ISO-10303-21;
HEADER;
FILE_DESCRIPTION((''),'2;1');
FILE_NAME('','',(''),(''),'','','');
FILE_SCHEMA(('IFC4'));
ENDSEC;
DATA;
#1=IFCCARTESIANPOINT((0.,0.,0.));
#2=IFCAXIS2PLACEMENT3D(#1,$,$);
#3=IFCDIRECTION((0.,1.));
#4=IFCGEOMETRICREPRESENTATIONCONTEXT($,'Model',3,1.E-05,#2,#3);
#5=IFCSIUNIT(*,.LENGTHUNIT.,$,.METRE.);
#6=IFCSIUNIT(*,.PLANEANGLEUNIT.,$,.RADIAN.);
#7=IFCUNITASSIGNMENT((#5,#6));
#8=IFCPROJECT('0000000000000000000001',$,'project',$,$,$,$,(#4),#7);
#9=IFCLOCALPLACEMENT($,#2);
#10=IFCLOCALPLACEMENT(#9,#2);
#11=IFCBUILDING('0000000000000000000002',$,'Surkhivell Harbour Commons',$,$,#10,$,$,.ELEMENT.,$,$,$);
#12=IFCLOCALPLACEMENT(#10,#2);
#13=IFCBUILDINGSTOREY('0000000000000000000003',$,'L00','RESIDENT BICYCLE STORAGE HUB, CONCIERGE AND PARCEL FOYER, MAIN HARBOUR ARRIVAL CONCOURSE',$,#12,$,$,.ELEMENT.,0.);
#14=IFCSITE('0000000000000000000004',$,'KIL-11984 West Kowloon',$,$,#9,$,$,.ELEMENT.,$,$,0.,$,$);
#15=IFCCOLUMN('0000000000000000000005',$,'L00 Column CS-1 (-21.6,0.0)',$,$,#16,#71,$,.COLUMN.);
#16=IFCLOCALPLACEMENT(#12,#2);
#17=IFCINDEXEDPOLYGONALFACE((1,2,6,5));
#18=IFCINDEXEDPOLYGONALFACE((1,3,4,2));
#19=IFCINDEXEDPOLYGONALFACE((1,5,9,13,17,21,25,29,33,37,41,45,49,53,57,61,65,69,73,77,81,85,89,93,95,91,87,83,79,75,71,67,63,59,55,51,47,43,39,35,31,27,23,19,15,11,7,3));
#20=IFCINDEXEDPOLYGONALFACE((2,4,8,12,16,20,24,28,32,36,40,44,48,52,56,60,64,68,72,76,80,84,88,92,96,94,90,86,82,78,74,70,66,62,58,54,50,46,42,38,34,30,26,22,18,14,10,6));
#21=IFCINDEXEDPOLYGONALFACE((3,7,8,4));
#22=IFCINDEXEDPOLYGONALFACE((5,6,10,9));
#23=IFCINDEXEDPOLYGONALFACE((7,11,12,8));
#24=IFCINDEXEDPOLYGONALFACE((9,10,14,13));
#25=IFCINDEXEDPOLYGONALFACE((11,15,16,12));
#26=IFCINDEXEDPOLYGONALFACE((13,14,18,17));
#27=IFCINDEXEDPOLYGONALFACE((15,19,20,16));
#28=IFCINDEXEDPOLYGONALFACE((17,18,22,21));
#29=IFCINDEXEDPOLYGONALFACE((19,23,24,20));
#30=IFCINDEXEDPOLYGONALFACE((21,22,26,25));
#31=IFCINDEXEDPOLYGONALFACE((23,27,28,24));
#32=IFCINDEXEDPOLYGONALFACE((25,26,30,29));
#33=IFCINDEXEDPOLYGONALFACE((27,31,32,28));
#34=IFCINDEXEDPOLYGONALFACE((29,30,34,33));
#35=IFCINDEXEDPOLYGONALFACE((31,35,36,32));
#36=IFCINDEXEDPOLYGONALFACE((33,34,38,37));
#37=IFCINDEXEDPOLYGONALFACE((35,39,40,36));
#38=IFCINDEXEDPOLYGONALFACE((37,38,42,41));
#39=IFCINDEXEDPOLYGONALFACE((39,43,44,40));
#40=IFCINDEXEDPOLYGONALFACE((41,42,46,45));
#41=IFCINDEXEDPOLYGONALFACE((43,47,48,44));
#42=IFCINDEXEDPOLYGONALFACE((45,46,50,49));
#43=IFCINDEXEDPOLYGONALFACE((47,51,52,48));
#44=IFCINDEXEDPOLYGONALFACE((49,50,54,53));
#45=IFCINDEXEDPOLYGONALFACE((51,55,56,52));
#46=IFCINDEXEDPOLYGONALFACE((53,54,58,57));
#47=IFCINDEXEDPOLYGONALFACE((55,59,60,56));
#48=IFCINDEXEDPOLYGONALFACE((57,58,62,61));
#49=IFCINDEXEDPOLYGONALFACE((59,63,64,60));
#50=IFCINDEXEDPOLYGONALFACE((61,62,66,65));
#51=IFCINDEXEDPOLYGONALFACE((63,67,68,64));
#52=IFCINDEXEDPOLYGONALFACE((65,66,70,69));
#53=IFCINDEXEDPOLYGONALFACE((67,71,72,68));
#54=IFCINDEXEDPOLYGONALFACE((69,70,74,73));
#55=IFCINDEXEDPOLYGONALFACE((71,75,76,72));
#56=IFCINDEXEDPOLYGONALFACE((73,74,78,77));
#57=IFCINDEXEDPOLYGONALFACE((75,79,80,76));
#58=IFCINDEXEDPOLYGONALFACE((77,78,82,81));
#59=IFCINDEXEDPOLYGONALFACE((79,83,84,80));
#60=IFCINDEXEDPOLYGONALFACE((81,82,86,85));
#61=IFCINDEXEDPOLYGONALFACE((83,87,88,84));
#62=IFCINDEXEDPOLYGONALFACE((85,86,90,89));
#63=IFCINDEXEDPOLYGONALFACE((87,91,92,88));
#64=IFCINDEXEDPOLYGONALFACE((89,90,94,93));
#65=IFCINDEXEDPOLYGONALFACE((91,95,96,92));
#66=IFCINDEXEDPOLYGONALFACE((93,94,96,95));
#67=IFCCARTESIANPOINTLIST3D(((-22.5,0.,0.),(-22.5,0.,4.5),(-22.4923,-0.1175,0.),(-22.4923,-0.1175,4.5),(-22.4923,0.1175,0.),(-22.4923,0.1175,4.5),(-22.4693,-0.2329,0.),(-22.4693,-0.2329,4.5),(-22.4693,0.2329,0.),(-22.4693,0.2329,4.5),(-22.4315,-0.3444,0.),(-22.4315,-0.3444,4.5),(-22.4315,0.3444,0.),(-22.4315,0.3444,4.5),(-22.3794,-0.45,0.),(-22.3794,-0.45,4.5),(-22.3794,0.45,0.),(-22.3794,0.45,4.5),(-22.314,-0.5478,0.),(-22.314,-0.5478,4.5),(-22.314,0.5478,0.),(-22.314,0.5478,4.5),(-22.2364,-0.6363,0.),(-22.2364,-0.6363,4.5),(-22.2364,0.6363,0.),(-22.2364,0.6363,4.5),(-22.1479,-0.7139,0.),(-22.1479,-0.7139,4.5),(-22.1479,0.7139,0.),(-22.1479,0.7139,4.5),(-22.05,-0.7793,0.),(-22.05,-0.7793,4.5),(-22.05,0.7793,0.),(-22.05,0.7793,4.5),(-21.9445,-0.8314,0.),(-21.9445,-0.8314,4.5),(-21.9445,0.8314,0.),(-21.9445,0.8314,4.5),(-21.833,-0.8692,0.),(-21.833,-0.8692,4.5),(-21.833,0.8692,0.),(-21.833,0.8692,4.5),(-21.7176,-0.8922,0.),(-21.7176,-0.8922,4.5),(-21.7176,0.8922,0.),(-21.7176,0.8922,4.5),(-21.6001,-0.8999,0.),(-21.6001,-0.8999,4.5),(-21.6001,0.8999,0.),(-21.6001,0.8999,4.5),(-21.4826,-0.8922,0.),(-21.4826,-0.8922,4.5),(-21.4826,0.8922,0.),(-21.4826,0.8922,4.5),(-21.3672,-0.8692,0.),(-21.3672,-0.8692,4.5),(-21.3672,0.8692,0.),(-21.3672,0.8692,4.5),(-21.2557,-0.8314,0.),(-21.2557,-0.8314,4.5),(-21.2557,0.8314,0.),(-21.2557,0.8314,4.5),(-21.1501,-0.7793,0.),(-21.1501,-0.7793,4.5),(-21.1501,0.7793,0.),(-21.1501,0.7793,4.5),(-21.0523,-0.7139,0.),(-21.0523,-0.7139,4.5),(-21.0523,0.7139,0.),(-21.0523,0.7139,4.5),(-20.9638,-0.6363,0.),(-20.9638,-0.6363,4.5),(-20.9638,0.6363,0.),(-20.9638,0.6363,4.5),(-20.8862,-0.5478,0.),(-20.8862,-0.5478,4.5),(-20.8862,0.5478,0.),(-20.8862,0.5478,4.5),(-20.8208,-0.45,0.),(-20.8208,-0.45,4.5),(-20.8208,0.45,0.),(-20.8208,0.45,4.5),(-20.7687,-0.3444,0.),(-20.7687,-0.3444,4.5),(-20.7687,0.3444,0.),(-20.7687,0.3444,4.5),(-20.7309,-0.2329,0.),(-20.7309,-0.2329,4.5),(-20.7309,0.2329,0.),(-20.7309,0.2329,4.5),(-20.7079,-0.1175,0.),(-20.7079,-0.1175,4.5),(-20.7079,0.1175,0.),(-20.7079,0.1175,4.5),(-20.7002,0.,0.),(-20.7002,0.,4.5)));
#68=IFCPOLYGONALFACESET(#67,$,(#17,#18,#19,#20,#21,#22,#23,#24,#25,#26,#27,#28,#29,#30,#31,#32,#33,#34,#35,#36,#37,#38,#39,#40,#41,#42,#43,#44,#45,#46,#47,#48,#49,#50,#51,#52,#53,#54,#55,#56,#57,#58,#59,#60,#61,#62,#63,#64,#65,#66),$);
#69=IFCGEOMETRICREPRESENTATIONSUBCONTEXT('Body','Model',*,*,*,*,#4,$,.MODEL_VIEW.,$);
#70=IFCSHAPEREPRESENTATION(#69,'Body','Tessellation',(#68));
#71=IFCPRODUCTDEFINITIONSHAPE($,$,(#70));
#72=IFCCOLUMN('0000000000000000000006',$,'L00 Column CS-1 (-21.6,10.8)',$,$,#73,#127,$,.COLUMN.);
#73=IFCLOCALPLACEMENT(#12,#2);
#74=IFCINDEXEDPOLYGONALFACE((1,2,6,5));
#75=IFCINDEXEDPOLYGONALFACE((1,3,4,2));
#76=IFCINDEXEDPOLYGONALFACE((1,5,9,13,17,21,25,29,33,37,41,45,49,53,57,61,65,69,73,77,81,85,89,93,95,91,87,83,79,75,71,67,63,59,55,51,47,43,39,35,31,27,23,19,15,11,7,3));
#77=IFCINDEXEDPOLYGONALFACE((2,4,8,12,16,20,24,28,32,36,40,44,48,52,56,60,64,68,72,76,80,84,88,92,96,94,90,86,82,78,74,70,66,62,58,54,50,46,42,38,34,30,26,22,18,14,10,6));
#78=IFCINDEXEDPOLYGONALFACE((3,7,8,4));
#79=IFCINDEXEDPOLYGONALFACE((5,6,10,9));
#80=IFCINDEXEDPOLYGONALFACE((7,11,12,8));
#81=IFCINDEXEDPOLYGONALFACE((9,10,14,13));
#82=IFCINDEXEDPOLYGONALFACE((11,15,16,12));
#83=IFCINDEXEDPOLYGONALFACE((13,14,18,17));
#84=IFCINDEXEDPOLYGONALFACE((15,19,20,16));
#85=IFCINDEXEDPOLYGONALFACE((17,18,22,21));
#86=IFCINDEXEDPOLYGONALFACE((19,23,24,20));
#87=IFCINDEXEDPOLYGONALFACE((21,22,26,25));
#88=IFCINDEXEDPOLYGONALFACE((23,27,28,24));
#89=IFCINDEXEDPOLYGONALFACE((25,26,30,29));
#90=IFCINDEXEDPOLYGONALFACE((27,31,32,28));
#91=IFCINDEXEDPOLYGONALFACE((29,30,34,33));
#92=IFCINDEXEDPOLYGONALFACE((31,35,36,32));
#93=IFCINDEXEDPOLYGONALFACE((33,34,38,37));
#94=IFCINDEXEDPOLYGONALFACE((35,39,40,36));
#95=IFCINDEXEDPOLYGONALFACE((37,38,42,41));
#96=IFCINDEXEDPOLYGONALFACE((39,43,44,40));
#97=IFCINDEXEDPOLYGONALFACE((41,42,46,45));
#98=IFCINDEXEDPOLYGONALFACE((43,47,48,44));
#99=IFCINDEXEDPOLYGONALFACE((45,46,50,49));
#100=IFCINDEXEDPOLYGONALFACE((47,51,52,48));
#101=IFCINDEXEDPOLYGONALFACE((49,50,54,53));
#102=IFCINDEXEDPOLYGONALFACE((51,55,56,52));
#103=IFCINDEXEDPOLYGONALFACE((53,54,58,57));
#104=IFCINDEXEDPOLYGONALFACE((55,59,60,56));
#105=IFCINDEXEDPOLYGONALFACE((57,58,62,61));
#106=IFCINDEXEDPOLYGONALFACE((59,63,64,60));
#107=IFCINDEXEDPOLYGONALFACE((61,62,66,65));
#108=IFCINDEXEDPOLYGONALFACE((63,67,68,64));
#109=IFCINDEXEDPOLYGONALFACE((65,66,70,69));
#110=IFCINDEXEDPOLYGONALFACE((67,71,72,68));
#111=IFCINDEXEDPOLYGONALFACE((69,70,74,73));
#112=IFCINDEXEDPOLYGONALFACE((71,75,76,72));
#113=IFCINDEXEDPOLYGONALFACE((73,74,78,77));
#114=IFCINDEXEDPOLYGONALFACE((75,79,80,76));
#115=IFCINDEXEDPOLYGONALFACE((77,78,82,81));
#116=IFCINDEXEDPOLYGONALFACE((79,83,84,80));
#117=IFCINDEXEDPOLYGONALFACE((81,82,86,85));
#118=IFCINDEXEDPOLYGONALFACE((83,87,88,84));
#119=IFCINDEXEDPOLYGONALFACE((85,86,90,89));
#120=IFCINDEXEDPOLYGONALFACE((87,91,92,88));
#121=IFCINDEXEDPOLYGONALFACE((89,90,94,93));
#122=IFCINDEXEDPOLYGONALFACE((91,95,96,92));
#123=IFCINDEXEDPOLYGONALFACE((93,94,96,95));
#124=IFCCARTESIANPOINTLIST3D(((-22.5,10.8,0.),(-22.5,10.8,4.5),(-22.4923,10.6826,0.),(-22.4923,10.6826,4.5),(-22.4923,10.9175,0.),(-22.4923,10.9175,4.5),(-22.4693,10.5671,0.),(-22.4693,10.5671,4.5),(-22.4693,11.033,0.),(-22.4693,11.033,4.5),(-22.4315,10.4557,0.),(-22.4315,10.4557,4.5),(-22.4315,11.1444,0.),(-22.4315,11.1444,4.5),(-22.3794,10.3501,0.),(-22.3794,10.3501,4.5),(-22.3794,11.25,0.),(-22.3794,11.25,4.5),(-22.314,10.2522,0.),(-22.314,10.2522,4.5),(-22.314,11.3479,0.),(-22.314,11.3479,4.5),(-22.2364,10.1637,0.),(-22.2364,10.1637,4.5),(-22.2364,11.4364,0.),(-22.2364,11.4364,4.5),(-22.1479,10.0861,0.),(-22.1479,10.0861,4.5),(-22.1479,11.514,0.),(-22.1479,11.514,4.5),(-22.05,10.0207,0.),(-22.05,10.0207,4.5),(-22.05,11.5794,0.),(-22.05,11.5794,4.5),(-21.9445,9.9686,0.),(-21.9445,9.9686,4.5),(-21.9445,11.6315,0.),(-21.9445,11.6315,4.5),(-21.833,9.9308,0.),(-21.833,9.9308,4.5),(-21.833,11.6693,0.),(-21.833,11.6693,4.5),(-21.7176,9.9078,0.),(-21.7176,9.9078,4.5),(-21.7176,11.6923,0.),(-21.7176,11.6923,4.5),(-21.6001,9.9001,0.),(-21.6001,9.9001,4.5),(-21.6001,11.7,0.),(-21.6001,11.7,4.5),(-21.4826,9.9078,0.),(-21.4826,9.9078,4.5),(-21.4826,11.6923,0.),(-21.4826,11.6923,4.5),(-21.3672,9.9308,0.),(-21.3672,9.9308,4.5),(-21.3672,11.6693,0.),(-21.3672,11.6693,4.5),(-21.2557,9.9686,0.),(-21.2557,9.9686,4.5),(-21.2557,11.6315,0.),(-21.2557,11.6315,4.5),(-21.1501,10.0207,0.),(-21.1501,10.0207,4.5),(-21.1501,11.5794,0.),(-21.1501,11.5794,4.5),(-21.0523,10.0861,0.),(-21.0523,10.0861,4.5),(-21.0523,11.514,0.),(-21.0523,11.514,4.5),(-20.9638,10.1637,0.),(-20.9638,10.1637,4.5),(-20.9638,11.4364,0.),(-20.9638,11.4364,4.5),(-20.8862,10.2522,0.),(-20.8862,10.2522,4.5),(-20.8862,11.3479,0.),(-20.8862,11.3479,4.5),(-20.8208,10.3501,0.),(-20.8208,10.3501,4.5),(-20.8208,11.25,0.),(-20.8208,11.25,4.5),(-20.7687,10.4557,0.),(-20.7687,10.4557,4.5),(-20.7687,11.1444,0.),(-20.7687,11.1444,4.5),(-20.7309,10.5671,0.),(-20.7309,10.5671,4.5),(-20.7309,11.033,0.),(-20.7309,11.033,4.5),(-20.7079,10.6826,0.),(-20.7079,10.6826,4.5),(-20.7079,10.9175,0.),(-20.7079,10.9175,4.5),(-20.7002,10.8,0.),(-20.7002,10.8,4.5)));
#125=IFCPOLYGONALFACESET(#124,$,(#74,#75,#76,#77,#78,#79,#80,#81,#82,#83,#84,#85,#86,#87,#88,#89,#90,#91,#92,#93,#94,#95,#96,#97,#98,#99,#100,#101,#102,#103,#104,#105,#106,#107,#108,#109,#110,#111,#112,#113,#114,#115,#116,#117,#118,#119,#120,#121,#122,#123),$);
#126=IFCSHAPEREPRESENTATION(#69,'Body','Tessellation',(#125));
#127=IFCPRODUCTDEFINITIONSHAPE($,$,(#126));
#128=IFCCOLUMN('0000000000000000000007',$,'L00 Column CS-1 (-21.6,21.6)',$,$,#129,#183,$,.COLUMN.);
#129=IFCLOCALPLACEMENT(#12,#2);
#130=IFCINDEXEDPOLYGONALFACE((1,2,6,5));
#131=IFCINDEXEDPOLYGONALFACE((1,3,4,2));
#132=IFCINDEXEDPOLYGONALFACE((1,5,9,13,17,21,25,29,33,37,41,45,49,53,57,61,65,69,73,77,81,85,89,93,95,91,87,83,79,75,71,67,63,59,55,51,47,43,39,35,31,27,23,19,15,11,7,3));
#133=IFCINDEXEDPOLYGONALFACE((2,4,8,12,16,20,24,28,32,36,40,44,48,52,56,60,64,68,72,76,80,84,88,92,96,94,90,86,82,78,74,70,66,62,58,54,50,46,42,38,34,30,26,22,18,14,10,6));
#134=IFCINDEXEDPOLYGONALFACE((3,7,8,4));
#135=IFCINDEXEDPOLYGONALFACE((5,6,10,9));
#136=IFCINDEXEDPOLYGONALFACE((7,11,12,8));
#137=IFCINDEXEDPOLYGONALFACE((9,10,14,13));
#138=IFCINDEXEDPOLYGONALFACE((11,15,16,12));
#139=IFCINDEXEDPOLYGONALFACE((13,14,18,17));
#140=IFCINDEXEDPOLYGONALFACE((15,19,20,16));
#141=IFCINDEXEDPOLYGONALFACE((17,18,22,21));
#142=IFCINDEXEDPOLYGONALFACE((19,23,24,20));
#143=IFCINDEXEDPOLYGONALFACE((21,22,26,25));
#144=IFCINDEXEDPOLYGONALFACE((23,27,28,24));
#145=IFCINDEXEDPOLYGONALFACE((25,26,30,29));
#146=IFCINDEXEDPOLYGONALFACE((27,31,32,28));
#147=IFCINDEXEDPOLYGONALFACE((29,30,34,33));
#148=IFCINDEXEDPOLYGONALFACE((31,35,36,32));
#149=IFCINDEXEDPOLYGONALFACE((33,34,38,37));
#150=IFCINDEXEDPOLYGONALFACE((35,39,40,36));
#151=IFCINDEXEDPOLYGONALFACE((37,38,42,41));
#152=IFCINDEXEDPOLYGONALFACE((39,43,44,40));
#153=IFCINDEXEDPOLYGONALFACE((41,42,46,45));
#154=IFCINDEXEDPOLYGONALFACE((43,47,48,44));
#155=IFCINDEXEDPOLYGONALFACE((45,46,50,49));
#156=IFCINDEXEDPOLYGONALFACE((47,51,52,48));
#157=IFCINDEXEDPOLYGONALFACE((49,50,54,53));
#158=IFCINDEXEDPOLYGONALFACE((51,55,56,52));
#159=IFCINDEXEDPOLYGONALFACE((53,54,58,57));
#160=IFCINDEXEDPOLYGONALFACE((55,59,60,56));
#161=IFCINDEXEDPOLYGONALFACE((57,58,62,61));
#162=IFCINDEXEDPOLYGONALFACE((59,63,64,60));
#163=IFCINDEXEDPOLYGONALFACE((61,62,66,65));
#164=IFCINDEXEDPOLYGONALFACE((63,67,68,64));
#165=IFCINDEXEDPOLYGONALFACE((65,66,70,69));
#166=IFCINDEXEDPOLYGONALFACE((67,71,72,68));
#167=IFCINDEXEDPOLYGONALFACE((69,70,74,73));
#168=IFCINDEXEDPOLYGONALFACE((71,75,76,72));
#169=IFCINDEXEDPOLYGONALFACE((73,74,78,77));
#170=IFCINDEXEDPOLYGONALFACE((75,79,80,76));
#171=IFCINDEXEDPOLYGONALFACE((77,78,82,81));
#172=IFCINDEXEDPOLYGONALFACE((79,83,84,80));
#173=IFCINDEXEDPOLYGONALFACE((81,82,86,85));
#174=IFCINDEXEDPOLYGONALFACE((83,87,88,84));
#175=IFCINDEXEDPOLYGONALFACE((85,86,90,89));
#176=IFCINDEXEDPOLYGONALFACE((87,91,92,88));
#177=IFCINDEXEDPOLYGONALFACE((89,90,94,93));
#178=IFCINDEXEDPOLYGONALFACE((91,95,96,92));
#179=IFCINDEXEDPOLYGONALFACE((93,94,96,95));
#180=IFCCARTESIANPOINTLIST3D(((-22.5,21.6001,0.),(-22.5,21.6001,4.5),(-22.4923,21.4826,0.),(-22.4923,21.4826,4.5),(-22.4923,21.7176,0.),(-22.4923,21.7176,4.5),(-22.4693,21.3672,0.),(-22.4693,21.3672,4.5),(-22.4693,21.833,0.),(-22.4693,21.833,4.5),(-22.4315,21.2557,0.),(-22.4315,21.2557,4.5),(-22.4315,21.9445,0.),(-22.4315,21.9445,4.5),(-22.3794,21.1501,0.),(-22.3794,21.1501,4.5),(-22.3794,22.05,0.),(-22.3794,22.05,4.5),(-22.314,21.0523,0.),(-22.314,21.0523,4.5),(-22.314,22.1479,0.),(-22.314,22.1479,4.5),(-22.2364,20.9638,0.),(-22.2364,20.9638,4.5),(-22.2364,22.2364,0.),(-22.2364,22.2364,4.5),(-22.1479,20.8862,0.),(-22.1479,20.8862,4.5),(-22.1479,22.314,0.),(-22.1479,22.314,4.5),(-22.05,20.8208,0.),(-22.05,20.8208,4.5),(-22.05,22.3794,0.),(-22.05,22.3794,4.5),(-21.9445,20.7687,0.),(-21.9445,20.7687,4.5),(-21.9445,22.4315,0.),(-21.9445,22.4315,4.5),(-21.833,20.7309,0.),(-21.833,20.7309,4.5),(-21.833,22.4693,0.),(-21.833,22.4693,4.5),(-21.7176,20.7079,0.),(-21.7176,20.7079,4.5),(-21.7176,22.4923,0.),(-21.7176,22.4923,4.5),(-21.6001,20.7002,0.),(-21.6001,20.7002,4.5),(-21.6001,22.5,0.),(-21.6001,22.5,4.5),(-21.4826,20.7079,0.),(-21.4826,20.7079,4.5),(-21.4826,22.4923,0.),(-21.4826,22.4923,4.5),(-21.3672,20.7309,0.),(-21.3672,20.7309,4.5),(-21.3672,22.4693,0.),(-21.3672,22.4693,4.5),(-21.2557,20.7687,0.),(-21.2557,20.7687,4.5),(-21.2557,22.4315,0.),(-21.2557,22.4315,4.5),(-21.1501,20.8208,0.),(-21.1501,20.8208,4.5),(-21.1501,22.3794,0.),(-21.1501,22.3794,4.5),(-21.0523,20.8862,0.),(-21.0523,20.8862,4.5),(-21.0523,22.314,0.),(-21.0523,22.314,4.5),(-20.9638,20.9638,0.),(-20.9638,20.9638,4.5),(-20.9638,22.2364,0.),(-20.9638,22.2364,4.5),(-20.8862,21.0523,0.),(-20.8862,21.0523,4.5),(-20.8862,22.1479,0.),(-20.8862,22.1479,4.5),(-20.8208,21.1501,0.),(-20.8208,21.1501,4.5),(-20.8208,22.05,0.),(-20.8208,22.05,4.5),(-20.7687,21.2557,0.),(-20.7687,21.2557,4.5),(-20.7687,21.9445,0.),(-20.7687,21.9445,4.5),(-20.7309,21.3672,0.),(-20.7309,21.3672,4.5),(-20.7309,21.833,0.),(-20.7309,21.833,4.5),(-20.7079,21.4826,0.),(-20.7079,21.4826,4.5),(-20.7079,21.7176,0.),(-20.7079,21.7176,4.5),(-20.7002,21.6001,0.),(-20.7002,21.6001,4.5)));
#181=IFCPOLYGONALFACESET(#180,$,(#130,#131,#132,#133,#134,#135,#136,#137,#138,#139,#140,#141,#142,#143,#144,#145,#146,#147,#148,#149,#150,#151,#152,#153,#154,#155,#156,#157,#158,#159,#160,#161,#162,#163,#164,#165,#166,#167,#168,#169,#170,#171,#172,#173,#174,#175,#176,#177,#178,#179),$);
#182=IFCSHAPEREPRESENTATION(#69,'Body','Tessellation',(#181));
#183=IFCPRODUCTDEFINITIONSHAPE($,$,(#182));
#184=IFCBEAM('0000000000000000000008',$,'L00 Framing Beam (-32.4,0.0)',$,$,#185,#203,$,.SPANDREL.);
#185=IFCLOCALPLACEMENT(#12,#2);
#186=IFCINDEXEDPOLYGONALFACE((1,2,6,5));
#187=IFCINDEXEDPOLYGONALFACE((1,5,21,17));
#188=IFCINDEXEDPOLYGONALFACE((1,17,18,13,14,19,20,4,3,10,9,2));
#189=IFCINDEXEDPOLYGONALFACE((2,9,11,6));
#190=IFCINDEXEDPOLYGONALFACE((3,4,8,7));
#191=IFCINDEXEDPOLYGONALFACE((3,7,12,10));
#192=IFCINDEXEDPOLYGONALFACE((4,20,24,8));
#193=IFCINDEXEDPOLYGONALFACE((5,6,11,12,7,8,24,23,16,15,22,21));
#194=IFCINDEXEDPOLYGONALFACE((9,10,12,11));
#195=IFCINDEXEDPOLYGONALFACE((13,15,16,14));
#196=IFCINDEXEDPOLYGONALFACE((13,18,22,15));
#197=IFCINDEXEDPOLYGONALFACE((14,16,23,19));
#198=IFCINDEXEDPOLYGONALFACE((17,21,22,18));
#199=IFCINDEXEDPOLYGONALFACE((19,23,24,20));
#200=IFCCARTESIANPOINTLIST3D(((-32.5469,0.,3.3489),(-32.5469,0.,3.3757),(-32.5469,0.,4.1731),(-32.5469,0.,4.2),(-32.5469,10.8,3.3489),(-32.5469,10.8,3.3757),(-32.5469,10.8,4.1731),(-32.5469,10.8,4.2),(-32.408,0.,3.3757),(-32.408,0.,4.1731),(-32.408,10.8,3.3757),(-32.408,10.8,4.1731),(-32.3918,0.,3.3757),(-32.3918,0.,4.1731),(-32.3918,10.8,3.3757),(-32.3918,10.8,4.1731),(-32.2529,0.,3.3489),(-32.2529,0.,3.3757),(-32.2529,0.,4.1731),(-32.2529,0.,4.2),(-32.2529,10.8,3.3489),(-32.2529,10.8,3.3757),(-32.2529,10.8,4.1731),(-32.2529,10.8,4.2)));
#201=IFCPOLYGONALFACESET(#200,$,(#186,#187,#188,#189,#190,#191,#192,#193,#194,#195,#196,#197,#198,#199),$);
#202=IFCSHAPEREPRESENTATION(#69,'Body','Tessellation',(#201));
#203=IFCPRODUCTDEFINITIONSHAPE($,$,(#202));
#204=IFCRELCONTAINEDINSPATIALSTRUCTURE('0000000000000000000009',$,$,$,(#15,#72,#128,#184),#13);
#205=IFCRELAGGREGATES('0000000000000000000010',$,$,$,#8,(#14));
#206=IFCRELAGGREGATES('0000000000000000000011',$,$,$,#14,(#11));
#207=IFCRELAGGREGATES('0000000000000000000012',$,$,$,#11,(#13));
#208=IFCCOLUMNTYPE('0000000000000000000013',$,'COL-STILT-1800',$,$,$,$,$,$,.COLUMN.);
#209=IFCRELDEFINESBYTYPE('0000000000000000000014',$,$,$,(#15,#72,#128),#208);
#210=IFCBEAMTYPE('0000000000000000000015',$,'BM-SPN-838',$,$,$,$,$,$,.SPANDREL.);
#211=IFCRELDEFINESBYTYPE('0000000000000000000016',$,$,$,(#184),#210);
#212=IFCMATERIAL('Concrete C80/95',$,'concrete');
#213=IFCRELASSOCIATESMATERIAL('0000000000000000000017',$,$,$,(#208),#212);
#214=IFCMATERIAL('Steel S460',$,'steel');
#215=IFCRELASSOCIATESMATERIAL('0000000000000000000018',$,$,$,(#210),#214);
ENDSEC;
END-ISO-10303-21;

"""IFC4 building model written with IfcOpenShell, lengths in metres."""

from ifc_helpers import new_model, si_unit, direction, frame, origin, origin_2d, place, context, subcontext, project, spatial, circle, i_section, extrude, material, material_profile, profile_set, type_object, element, save


model = new_model("IFC4")

# Units and contexts
model_context = context("Model", 3, precision=1e-05, world=origin(), true_north=direction((0.0, 1.0)))
body_context = subcontext(model_context, "Body", "Model", "MODEL_VIEW")
ifc_project = project(units=[si_unit("LENGTHUNIT", "METRE"), si_unit("PLANEANGLEUNIT", "RADIAN")], contexts=[model_context])

# Site, building, storey
site_placement = place(None, origin())
site = spatial("IfcSite", under=ifc_project, at=site_placement, Name="KIL-11984 West Kowloon", CompositionType="ELEMENT", RefElevation=0.0)
building_placement = place(site_placement, origin())
building = spatial("IfcBuilding", under=site, at=building_placement, Name="Surkhivell Harbour Commons", CompositionType="ELEMENT")
storey_placement = place(building_placement, origin())
storey = spatial("IfcBuildingStorey", under=building, at=storey_placement, Name="L00", Description="RESIDENT BICYCLE STORAGE HUB, CONCIERGE AND PARCEL FOYER, MAIN HARBOUR ARRIVAL CONCOURSE", CompositionType="ELEMENT", Elevation=0.0)

# Columns
ifc_material_1 = material(Name="Concrete C80/95", Category="concrete")
ifc_material_profile_1 = material_profile(ifc_material_1, circle(Radius=0.8999, at=origin_2d()), Name="RC-CIRC-1800")
ifc_profile_set_1 = profile_set([ifc_material_profile_1], Name="Concrete C80/95")
column_type_1 = type_object("IfcColumnType", Name="COL-STILT-1800", PredefinedType="COLUMN", material=ifc_profile_set_1)
for number, where, z_axis, x_axis, name in (
    (1, (-21.6001, 0.0, 0.0), (0.0, 0.0, 1.0), (1.0, 0.0, 0.0), "L00 Column CS-1 (-21.6,0.0)"),
    (2, (-21.6001, 10.8, 0.0), (0.0, 0.0, 1.0), (1.0, 0.0, 0.0), "L00 Column CS-1 (-21.6,10.8)"),
    (3, (-21.6001, 21.6001, 0.0), (0.0, 0.0, 1.0), (1.0, 0.0, 0.0), "L00 Column CS-1 (-21.6,21.6)"),
):
    element("IfcColumn", number, at=place(storey_placement, frame(where, z_axis=z_axis, x_axis=x_axis)), inside=storey, type_object=column_type_1, Name=name, PredefinedType="COLUMN", context=body_context, shape_type="SweptSolid", body=[
        extrude(circle(Radius=0.8999, at=origin_2d()), origin(), (0.0, 0.0, 1.0), 4.5),
    ])

# Beam
ifc_material_2 = material(Name="Steel S460", Category="steel")
ifc_material_profile_2 = material_profile(ifc_material_2, i_section(OverallWidth=0.2939, OverallDepth=0.8511, WebThickness=0.0161, FlangeThickness=0.0269, at=origin_2d()), Name="UB838x292x226")
ifc_profile_set_2 = profile_set([ifc_material_profile_2], Name="Steel S460")
beam_type = type_object("IfcBeamType", Name="BM-SPN-838", PredefinedType="SPANDREL", material=ifc_profile_set_2)
beam_1_placement = place(storey_placement, frame((-32.3999, 0.0, 3.7744), z_axis=(0.0, 1.0, 0.0), x_axis=(-1.0, 0.0, 0.0)))
element("IfcBeam", 4, at=beam_1_placement, inside=storey, type_object=beam_type, Name="L00 Framing Beam (-32.4,0.0)", PredefinedType="SPANDREL", context=body_context, shape_type="SweptSolid", body=[
    extrude(i_section(OverallWidth=0.2939, OverallDepth=0.8511, WebThickness=0.0161, FlangeThickness=0.0269, at=origin_2d()), origin(), (0.0, 0.0, 1.0), 10.8),
])

save(model, "model.ifc")
